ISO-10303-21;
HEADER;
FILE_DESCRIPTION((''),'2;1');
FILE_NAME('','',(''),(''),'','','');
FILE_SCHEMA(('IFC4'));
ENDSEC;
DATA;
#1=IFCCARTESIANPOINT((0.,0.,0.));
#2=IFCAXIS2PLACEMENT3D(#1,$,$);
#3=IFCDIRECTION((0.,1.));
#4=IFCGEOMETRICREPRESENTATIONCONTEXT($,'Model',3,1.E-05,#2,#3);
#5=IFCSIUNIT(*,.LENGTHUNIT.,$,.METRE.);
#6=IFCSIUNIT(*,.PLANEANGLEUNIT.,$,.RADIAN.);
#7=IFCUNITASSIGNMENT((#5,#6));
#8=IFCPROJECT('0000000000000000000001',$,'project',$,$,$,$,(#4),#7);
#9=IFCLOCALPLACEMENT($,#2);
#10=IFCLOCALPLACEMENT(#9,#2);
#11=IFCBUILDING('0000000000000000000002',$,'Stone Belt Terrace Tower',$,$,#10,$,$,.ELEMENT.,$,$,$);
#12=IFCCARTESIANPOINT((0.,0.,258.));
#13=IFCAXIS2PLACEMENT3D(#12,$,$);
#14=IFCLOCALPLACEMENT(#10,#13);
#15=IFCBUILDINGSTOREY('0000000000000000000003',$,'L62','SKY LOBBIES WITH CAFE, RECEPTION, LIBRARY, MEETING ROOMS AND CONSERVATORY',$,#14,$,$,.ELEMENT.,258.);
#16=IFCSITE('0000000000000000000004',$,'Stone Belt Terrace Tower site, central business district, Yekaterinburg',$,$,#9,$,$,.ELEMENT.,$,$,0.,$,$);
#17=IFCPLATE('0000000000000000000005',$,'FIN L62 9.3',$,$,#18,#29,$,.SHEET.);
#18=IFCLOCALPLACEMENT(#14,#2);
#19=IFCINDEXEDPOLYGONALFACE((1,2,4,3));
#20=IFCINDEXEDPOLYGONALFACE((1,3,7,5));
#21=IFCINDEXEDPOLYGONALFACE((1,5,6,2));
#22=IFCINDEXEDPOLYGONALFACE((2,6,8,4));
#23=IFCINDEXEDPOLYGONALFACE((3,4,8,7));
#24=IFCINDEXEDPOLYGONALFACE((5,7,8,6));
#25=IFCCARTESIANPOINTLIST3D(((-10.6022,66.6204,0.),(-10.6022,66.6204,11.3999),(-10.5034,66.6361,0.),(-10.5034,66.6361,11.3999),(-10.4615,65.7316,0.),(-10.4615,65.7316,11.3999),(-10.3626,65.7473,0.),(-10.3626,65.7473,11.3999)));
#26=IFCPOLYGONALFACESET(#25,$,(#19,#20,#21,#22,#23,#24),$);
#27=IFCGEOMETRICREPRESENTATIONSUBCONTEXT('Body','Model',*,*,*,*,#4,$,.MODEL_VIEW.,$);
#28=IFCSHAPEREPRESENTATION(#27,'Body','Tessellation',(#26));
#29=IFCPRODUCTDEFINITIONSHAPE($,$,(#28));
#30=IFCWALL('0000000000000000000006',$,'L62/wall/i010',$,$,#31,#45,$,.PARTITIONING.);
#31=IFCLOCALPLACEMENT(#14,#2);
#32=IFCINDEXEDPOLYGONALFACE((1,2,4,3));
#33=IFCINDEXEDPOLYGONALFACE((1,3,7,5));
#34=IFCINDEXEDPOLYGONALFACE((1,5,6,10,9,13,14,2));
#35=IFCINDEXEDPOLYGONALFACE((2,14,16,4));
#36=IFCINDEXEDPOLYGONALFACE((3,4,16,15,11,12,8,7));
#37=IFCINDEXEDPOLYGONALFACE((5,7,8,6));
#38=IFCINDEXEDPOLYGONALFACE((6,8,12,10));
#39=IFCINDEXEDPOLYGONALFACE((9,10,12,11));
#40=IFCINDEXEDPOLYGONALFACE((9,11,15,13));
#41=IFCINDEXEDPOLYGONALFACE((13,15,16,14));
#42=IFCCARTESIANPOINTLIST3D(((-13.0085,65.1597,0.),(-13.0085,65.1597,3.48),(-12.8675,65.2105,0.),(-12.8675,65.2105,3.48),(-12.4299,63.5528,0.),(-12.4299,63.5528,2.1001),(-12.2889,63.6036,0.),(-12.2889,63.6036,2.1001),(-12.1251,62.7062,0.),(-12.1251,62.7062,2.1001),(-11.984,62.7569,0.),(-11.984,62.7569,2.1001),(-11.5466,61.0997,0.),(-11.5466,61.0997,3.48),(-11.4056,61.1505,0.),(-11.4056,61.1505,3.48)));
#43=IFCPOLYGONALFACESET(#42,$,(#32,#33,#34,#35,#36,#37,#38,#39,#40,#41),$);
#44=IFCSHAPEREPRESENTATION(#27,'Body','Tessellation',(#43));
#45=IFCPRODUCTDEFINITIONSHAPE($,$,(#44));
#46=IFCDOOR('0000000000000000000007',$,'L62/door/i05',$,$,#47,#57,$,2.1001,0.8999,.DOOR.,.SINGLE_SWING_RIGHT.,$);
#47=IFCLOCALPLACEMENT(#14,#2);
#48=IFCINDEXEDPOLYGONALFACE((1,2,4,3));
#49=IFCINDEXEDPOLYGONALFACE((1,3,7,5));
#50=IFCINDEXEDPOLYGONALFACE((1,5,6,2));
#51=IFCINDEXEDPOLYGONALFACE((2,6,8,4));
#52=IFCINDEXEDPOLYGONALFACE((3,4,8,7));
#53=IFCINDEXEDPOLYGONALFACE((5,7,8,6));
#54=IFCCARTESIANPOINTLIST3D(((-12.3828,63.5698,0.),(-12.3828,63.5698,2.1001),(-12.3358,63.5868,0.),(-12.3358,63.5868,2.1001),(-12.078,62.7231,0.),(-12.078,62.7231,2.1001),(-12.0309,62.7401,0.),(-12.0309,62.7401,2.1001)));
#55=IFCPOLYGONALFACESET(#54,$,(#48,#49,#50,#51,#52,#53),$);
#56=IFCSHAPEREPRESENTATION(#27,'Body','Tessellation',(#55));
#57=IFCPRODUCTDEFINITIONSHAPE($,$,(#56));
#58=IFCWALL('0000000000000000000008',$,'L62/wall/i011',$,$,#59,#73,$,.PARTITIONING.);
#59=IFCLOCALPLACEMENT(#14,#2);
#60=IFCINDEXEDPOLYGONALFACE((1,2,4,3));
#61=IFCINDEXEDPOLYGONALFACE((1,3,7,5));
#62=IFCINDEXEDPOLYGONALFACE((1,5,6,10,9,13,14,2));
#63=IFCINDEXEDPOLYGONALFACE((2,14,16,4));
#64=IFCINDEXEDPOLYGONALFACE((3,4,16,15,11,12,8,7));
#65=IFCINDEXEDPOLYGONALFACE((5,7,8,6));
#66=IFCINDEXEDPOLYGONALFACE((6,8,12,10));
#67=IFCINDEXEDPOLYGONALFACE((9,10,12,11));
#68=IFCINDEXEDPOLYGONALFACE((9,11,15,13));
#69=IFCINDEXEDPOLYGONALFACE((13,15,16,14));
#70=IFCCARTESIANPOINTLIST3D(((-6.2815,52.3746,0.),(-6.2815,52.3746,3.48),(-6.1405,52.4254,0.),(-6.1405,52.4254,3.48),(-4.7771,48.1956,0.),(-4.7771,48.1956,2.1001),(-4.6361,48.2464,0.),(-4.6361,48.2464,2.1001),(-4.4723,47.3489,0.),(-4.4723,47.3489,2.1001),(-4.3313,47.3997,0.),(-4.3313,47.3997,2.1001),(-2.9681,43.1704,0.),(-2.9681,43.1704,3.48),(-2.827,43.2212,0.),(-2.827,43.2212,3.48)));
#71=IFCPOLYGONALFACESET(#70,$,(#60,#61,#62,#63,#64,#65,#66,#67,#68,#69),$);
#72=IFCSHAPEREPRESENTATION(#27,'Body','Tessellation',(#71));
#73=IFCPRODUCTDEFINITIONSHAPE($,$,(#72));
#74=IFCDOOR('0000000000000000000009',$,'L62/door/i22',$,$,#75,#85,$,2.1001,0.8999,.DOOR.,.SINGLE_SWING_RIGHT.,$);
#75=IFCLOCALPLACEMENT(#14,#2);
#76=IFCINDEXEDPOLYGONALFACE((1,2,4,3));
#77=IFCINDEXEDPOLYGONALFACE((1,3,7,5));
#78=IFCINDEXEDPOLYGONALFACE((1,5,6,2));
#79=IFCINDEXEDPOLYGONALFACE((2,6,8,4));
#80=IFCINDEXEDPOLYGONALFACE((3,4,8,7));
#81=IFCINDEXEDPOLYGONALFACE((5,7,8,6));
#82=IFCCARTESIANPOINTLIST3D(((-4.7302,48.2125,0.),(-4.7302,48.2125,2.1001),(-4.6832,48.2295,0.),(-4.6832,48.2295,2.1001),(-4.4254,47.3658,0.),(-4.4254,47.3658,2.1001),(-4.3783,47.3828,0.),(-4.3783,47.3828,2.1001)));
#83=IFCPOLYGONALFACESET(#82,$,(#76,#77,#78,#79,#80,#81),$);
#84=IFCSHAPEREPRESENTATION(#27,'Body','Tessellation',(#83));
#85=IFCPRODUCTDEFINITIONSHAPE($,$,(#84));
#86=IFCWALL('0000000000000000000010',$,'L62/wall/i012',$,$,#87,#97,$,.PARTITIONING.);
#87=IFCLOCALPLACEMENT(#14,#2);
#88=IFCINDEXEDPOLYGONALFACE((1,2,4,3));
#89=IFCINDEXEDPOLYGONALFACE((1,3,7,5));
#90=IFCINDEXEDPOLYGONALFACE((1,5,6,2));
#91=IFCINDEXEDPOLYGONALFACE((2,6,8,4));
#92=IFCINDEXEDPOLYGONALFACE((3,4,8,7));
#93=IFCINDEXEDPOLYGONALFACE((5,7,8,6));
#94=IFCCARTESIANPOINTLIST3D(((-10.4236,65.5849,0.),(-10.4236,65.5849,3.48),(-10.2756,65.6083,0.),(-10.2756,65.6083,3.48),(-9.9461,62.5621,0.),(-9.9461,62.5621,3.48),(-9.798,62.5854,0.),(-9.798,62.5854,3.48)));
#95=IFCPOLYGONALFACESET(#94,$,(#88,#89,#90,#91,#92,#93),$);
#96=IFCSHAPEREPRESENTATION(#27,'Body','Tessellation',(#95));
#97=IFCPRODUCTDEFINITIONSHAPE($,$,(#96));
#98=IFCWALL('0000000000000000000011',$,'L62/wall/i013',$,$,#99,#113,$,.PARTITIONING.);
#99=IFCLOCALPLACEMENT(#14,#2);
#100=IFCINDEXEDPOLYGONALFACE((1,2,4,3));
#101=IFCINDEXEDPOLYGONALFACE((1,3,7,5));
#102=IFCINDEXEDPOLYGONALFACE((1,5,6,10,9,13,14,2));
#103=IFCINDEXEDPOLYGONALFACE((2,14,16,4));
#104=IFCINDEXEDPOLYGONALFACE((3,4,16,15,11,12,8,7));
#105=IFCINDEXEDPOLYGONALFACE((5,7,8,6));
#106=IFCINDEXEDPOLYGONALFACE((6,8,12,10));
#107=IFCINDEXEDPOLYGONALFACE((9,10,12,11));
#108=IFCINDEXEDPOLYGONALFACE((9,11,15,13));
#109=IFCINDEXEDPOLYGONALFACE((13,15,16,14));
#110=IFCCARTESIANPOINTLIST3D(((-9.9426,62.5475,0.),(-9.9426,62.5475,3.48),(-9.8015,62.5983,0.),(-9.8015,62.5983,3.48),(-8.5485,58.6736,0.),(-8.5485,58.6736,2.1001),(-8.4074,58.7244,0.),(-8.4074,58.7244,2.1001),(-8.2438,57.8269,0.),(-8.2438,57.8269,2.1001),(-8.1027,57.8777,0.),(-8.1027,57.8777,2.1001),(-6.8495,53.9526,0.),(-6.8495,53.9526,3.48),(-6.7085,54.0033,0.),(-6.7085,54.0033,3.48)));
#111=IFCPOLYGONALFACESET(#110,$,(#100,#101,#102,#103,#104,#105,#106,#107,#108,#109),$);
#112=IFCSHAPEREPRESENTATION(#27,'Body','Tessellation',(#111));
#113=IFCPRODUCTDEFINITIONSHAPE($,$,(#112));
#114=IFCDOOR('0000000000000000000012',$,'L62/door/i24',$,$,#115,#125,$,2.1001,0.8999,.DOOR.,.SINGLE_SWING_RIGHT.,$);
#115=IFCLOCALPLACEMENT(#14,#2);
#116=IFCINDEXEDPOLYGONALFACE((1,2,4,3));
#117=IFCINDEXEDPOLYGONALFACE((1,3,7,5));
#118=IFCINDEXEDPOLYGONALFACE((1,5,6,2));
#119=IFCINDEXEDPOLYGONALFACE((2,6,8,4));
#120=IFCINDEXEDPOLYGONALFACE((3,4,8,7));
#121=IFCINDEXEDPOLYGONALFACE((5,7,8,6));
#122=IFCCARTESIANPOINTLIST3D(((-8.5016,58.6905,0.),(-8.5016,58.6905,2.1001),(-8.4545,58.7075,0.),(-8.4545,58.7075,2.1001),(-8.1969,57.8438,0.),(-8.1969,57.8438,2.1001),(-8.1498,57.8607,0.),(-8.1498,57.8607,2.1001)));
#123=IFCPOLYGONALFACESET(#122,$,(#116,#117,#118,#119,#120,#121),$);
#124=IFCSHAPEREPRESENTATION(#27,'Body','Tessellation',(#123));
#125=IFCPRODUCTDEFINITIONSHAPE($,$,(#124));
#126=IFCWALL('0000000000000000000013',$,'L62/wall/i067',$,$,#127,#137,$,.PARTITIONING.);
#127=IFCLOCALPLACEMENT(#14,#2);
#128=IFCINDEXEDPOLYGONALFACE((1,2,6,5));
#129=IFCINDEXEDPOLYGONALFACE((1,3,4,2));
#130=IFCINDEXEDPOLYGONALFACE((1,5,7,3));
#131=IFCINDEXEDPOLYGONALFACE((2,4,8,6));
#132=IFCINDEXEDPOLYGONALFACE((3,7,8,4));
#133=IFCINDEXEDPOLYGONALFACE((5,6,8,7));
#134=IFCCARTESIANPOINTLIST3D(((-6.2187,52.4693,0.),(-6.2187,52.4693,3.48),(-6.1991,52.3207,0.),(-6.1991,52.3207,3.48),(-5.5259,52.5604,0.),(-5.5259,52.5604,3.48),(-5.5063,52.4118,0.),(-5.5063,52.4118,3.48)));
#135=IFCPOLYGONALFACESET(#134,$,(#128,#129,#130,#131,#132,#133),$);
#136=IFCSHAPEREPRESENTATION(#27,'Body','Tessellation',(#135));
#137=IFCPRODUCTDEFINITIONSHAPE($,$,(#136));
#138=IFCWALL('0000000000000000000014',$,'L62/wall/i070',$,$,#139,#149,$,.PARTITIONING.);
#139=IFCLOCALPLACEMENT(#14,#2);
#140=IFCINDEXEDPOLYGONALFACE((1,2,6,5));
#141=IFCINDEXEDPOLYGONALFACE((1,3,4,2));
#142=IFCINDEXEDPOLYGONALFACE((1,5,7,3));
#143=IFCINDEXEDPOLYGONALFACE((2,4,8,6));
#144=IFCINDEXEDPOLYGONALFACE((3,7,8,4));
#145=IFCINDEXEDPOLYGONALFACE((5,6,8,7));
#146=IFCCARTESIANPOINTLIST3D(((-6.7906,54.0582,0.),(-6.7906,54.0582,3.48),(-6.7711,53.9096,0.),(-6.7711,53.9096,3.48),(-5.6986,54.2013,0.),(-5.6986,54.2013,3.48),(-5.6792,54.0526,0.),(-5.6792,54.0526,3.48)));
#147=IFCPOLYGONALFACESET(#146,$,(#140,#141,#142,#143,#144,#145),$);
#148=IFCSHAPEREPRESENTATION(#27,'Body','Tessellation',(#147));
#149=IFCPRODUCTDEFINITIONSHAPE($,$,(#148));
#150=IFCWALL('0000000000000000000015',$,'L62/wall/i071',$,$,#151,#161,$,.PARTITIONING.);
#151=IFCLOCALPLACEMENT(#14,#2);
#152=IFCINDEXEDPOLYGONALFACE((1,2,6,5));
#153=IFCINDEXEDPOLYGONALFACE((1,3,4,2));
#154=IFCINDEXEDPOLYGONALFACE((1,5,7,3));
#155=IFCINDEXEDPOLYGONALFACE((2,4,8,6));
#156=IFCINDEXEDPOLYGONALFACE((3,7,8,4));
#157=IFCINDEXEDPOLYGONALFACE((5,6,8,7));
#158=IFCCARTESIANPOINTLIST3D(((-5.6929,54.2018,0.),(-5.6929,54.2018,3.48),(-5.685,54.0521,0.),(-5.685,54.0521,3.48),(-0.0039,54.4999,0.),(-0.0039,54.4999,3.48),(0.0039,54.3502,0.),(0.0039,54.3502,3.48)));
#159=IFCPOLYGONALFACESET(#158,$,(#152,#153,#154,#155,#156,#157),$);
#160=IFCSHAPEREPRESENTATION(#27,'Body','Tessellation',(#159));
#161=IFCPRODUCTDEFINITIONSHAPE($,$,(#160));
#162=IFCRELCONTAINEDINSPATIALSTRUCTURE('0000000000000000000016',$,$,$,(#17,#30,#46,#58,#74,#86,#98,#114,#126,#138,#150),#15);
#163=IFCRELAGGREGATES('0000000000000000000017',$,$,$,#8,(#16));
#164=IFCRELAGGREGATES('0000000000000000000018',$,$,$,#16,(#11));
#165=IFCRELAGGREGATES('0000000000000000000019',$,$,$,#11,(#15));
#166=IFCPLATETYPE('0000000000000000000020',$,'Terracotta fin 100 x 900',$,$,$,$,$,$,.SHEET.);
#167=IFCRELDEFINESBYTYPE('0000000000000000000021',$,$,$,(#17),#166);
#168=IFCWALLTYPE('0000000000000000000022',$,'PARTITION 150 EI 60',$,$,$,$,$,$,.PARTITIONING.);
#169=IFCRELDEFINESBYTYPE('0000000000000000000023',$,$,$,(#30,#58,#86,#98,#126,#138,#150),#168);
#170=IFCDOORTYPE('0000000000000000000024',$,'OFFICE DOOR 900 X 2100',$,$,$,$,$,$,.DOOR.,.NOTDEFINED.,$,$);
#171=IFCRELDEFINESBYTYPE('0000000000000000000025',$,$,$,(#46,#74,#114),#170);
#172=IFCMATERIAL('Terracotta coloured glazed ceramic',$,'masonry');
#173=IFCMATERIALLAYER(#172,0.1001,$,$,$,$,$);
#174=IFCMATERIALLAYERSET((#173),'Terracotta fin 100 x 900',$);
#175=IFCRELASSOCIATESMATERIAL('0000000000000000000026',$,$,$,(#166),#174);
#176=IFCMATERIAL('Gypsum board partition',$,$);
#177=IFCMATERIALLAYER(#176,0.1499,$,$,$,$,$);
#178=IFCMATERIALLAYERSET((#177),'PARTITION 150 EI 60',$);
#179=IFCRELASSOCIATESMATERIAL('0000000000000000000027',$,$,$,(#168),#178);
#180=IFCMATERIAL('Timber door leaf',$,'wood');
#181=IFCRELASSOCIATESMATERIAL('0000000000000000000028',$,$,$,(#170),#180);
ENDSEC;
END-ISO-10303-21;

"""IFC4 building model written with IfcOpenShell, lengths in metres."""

from ifc_helpers import new_model, si_unit, direction, frame, frame_2d, origin, origin_2d, place, context, subcontext, project, spatial, rectangle, extrude, material, layer, layer_set, type_object, element, fill, save


model = new_model("IFC4")

# Units and contexts
model_context = context("Model", 3, precision=1e-05, world=origin(), true_north=direction((0.0, 1.0)))
body_context = subcontext(model_context, "Body", "Model", "MODEL_VIEW")
ifc_project = project(units=[si_unit("LENGTHUNIT", "METRE"), si_unit("PLANEANGLEUNIT", "RADIAN")], contexts=[model_context])

# Site, building, storey
site_placement = place(None, origin())
site = spatial("IfcSite", under=ifc_project, at=site_placement, Name="Stone Belt Terrace Tower site, central business district, Yekaterinburg", CompositionType="ELEMENT", RefElevation=0.0)
building_placement = place(site_placement, origin())
building = spatial("IfcBuilding", under=site, at=building_placement, Name="Stone Belt Terrace Tower", CompositionType="ELEMENT")
storey_placement = place(building_placement, frame((0.0, 0.0, 258.0)))
storey = spatial("IfcBuildingStorey", under=building, at=storey_placement, Name="L62", Description="SKY LOBBIES WITH CAFE, RECEPTION, LIBRARY, MEETING ROOMS AND CONSERVATORY", CompositionType="ELEMENT", Elevation=258.0)

# Plate
ifc_material_1 = material(Name="Terracotta coloured glazed ceramic", Category="masonry")
ifc_layer_1 = layer(ifc_material_1, 0.1001)
ifc_layer_set_1 = layer_set([ifc_layer_1], Name="Terracotta fin 100 x 900")
plate_type_1 = type_object("IfcPlateType", Name="Terracotta fin 100 x 900", PredefinedType="SHEET", material=ifc_layer_set_1)
for number, where, z_axis, x_axis, name in (
    (1, (-10.4824, 66.1838, 0.0), (0.0, 0.0, 1.0), (-0.156434, 0.987688, 0.0), "FIN L62 9.3"),
):
    element("IfcPlate", number, at=place(storey_placement, frame(where, z_axis=z_axis, x_axis=x_axis)), inside=storey, type_object=plate_type_1, Name=name, PredefinedType="SHEET", context=body_context, shape_type="SweptSolid", body=[
        extrude(rectangle(XDim=0.8999, YDim=0.1001, at=origin_2d()), origin(), (0.0, 0.0, 1.0), 11.3999),
    ])

# Walls, openings, doors
ifc_material_2 = material(Name="Gypsum board partition")
ifc_layer_2 = layer(ifc_material_2, 0.1499)
ifc_layer_set_2 = layer_set([ifc_layer_2], Name="PARTITION 150 EI 60")
wall_type = type_object("IfcWallType", Name="PARTITION 150 EI 60", PredefinedType="PARTITIONING", material=ifc_layer_set_2)
wall_1_placement = place(storey_placement, frame((-11.4761, 61.125, 0.0), z_axis=(0.0, 0.0, 1.0), x_axis=(-0.33878, 0.940866, 0.0)))
wall_1 = element("IfcWall", 2, at=wall_1_placement, inside=storey, type_object=wall_type, Name="L62/wall/i010", PredefinedType="PARTITIONING", context=body_context, shape_type="SweptSolid", body=[
    extrude(rectangle(XDim=4.3152, YDim=0.1499, at=frame_2d((2.1577, 0.0))), origin(), (0.0, 0.0, 1.0), 3.48),
])
opening_1_placement = place(wall_1_placement, frame((1.7075, 0.0, 0.0)))
opening_1 = element("IfcOpeningElement", 3, at=opening_1_placement, cuts=wall_1, PredefinedType="OPENING", context=body_context, shape_type="SweptSolid", body=[
    extrude(rectangle(XDim=0.8999, YDim=2.1001, at=frame_2d((0.45, 1.05))), frame((0.0, 0.085, 0.0), z_axis=(0.0, -1.0, 0.0), x_axis=(1.0, 0.0, 0.0)), (0.0, 0.0, 1.0), 0.1699),
])
ifc_material_3 = material(Name="Timber door leaf", Category="wood")
door_type = type_object("IfcDoorType", Name="OFFICE DOOR 900 X 2100", OperationType="NOTDEFINED", PredefinedType="DOOR", material=ifc_material_3)
door_1_placement = place(opening_1_placement, origin())
door_1 = element("IfcDoor", 4, at=door_1_placement, inside=storey, type_object=door_type, Name="L62/door/i05", OperationType="SINGLE_SWING_RIGHT", OverallHeight=2.1001, OverallWidth=0.8999, PredefinedType="DOOR", context=body_context, shape_type="SweptSolid", body=[
    extrude(rectangle(XDim=0.8999, YDim=2.1001, at=frame_2d((0.45, 1.05))), frame((0.0, 0.0249, 0.0), z_axis=(0.0, -1.0, 0.0), x_axis=(1.0, 0.0, 0.0)), (0.0, 0.0, 1.0), 0.05),
])
fill(opening_1, door_1)
wall_2_placement = place(storey_placement, frame((-6.2109, 52.3999, 0.0), z_axis=(0.0, 0.0, 1.0), x_axis=(0.338712, -0.94089, 0.0)))
wall_2 = element("IfcWall", 5, at=wall_2_placement, inside=storey, type_object=wall_type, Name="L62/wall/i011", PredefinedType="PARTITIONING", context=body_context, shape_type="SweptSolid", body=[
    extrude(rectangle(XDim=9.7825, YDim=0.1499, at=frame_2d((4.8911, 0.0))), origin(), (0.0, 0.0, 1.0), 3.48),
])
opening_2_placement = place(wall_2_placement, frame((4.4414, 0.0, 0.0)))
opening_2 = element("IfcOpeningElement", 6, at=opening_2_placement, cuts=wall_2, PredefinedType="OPENING", context=body_context, shape_type="SweptSolid", body=[
    extrude(rectangle(XDim=0.8999, YDim=2.1001, at=frame_2d((0.45, 1.05))), frame((0.0, 0.085, 0.0), z_axis=(0.0, -1.0, 0.0), x_axis=(1.0, 0.0, 0.0)), (0.0, 0.0, 1.0), 0.1699),
])
door_2_placement = place(opening_2_placement, origin())
door_2 = element("IfcDoor", 7, at=door_2_placement, inside=storey, type_object=door_type, Name="L62/door/i22", OperationType="SINGLE_SWING_RIGHT", OverallHeight=2.1001, OverallWidth=0.8999, PredefinedType="DOOR", context=body_context, shape_type="SweptSolid", body=[
    extrude(rectangle(XDim=0.8999, YDim=2.1001, at=frame_2d((0.45, 1.05))), frame((0.0, 0.0249, 0.0), z_axis=(0.0, -1.0, 0.0), x_axis=(1.0, 0.0, 0.0)), (0.0, 0.0, 1.0), 0.05),
])
fill(opening_2, door_2)

# Wall
wall_3_placement = place(storey_placement, frame((-10.3496, 65.5967, 0.0), z_axis=(0.0, 0.0, 1.0), x_axis=(0.156049, -0.987749, 0.0)))
element("IfcWall", 8, at=wall_3_placement, inside=storey, type_object=wall_type, Name="L62/wall/i012", PredefinedType="PARTITIONING", context=body_context, shape_type="SweptSolid", body=[
    extrude(rectangle(XDim=3.0603, YDim=0.1499, at=frame_2d((1.5303, 0.0))), origin(), (0.0, 0.0, 1.0), 3.48),
])

# Wall, opening, door
wall_4_placement = place(storey_placement, frame((-9.8721, 62.573, 0.0), z_axis=(0.0, 0.0, 1.0), x_axis=(0.338606, -0.940928, 0.0)))
wall_4 = element("IfcWall", 9, at=wall_4_placement, inside=storey, type_object=wall_type, Name="L62/wall/i013", PredefinedType="PARTITIONING", context=body_context, shape_type="SweptSolid", body=[
    extrude(rectangle(XDim=9.1345, YDim=0.1499, at=frame_2d((4.5674, 0.0))), origin(), (0.0, 0.0, 1.0), 3.48),
])
opening_3_placement = place(wall_4_placement, frame((4.1172, 0.0, 0.0)))
opening_3 = element("IfcOpeningElement", 10, at=opening_3_placement, cuts=wall_4, PredefinedType="OPENING", context=body_context, shape_type="SweptSolid", body=[
    extrude(rectangle(XDim=0.8999, YDim=2.1001, at=frame_2d((0.45, 1.05))), frame((0.0, 0.085, 0.0), z_axis=(0.0, -1.0, 0.0), x_axis=(1.0, 0.0, 0.0)), (0.0, 0.0, 1.0), 0.1699),
])
door_3_placement = place(opening_3_placement, origin())
door_3 = element("IfcDoor", 11, at=door_3_placement, inside=storey, type_object=door_type, Name="L62/door/i24", OperationType="SINGLE_SWING_RIGHT", OverallHeight=2.1001, OverallWidth=0.8999, PredefinedType="DOOR", context=body_context, shape_type="SweptSolid", body=[
    extrude(rectangle(XDim=0.8999, YDim=2.1001, at=frame_2d((0.45, 1.05))), frame((0.0, 0.0249, 0.0), z_axis=(0.0, -1.0, 0.0), x_axis=(1.0, 0.0, 0.0)), (0.0, 0.0, 1.0), 0.05),
])
fill(opening_3, door_3)

# Walls
wall_5_placement = place(storey_placement, frame((-5.5161, 52.4861, 0.0), z_axis=(0.0, 0.0, 1.0), x_axis=(-0.991473, -0.13031, 0.0)))
element("IfcWall", 12, at=wall_5_placement, inside=storey, type_object=wall_type, Name="L62/wall/i067", PredefinedType="PARTITIONING", context=body_context, shape_type="SweptSolid", body=[
    extrude(rectangle(XDim=0.6987, YDim=0.1499, at=frame_2d((0.3494, 0.0))), origin(), (0.0, 0.0, 1.0), 3.48),
])
wall_6_placement = place(storey_placement, frame((-6.781, 53.9839, 0.0), z_axis=(0.0, 0.0, 1.0), x_axis=(0.991527, 0.129898, 0.0)))
element("IfcWall", 13, at=wall_6_placement, inside=storey, type_object=wall_type, Name="L62/wall/i070", PredefinedType="PARTITIONING", context=body_context, shape_type="SweptSolid", body=[
    extrude(rectangle(XDim=1.1013, YDim=0.1499, at=frame_2d((0.5508, 0.0))), origin(), (0.0, 0.0, 1.0), 3.48),
])
wall_7_placement = place(storey_placement, frame((-5.689, 54.127, 0.0), z_axis=(0.0, 0.0, 1.0), x_axis=(0.99863, 0.052327, 0.0)))
element("IfcWall", 14, at=wall_7_placement, inside=storey, type_object=wall_type, Name="L62/wall/i071", PredefinedType="PARTITIONING", context=body_context, shape_type="SweptSolid", body=[
    extrude(rectangle(XDim=5.6968, YDim=0.1499, at=frame_2d((2.8484, 0.0))), origin(), (0.0, 0.0, 1.0), 3.48),
])

save(model, "model.ifc")
